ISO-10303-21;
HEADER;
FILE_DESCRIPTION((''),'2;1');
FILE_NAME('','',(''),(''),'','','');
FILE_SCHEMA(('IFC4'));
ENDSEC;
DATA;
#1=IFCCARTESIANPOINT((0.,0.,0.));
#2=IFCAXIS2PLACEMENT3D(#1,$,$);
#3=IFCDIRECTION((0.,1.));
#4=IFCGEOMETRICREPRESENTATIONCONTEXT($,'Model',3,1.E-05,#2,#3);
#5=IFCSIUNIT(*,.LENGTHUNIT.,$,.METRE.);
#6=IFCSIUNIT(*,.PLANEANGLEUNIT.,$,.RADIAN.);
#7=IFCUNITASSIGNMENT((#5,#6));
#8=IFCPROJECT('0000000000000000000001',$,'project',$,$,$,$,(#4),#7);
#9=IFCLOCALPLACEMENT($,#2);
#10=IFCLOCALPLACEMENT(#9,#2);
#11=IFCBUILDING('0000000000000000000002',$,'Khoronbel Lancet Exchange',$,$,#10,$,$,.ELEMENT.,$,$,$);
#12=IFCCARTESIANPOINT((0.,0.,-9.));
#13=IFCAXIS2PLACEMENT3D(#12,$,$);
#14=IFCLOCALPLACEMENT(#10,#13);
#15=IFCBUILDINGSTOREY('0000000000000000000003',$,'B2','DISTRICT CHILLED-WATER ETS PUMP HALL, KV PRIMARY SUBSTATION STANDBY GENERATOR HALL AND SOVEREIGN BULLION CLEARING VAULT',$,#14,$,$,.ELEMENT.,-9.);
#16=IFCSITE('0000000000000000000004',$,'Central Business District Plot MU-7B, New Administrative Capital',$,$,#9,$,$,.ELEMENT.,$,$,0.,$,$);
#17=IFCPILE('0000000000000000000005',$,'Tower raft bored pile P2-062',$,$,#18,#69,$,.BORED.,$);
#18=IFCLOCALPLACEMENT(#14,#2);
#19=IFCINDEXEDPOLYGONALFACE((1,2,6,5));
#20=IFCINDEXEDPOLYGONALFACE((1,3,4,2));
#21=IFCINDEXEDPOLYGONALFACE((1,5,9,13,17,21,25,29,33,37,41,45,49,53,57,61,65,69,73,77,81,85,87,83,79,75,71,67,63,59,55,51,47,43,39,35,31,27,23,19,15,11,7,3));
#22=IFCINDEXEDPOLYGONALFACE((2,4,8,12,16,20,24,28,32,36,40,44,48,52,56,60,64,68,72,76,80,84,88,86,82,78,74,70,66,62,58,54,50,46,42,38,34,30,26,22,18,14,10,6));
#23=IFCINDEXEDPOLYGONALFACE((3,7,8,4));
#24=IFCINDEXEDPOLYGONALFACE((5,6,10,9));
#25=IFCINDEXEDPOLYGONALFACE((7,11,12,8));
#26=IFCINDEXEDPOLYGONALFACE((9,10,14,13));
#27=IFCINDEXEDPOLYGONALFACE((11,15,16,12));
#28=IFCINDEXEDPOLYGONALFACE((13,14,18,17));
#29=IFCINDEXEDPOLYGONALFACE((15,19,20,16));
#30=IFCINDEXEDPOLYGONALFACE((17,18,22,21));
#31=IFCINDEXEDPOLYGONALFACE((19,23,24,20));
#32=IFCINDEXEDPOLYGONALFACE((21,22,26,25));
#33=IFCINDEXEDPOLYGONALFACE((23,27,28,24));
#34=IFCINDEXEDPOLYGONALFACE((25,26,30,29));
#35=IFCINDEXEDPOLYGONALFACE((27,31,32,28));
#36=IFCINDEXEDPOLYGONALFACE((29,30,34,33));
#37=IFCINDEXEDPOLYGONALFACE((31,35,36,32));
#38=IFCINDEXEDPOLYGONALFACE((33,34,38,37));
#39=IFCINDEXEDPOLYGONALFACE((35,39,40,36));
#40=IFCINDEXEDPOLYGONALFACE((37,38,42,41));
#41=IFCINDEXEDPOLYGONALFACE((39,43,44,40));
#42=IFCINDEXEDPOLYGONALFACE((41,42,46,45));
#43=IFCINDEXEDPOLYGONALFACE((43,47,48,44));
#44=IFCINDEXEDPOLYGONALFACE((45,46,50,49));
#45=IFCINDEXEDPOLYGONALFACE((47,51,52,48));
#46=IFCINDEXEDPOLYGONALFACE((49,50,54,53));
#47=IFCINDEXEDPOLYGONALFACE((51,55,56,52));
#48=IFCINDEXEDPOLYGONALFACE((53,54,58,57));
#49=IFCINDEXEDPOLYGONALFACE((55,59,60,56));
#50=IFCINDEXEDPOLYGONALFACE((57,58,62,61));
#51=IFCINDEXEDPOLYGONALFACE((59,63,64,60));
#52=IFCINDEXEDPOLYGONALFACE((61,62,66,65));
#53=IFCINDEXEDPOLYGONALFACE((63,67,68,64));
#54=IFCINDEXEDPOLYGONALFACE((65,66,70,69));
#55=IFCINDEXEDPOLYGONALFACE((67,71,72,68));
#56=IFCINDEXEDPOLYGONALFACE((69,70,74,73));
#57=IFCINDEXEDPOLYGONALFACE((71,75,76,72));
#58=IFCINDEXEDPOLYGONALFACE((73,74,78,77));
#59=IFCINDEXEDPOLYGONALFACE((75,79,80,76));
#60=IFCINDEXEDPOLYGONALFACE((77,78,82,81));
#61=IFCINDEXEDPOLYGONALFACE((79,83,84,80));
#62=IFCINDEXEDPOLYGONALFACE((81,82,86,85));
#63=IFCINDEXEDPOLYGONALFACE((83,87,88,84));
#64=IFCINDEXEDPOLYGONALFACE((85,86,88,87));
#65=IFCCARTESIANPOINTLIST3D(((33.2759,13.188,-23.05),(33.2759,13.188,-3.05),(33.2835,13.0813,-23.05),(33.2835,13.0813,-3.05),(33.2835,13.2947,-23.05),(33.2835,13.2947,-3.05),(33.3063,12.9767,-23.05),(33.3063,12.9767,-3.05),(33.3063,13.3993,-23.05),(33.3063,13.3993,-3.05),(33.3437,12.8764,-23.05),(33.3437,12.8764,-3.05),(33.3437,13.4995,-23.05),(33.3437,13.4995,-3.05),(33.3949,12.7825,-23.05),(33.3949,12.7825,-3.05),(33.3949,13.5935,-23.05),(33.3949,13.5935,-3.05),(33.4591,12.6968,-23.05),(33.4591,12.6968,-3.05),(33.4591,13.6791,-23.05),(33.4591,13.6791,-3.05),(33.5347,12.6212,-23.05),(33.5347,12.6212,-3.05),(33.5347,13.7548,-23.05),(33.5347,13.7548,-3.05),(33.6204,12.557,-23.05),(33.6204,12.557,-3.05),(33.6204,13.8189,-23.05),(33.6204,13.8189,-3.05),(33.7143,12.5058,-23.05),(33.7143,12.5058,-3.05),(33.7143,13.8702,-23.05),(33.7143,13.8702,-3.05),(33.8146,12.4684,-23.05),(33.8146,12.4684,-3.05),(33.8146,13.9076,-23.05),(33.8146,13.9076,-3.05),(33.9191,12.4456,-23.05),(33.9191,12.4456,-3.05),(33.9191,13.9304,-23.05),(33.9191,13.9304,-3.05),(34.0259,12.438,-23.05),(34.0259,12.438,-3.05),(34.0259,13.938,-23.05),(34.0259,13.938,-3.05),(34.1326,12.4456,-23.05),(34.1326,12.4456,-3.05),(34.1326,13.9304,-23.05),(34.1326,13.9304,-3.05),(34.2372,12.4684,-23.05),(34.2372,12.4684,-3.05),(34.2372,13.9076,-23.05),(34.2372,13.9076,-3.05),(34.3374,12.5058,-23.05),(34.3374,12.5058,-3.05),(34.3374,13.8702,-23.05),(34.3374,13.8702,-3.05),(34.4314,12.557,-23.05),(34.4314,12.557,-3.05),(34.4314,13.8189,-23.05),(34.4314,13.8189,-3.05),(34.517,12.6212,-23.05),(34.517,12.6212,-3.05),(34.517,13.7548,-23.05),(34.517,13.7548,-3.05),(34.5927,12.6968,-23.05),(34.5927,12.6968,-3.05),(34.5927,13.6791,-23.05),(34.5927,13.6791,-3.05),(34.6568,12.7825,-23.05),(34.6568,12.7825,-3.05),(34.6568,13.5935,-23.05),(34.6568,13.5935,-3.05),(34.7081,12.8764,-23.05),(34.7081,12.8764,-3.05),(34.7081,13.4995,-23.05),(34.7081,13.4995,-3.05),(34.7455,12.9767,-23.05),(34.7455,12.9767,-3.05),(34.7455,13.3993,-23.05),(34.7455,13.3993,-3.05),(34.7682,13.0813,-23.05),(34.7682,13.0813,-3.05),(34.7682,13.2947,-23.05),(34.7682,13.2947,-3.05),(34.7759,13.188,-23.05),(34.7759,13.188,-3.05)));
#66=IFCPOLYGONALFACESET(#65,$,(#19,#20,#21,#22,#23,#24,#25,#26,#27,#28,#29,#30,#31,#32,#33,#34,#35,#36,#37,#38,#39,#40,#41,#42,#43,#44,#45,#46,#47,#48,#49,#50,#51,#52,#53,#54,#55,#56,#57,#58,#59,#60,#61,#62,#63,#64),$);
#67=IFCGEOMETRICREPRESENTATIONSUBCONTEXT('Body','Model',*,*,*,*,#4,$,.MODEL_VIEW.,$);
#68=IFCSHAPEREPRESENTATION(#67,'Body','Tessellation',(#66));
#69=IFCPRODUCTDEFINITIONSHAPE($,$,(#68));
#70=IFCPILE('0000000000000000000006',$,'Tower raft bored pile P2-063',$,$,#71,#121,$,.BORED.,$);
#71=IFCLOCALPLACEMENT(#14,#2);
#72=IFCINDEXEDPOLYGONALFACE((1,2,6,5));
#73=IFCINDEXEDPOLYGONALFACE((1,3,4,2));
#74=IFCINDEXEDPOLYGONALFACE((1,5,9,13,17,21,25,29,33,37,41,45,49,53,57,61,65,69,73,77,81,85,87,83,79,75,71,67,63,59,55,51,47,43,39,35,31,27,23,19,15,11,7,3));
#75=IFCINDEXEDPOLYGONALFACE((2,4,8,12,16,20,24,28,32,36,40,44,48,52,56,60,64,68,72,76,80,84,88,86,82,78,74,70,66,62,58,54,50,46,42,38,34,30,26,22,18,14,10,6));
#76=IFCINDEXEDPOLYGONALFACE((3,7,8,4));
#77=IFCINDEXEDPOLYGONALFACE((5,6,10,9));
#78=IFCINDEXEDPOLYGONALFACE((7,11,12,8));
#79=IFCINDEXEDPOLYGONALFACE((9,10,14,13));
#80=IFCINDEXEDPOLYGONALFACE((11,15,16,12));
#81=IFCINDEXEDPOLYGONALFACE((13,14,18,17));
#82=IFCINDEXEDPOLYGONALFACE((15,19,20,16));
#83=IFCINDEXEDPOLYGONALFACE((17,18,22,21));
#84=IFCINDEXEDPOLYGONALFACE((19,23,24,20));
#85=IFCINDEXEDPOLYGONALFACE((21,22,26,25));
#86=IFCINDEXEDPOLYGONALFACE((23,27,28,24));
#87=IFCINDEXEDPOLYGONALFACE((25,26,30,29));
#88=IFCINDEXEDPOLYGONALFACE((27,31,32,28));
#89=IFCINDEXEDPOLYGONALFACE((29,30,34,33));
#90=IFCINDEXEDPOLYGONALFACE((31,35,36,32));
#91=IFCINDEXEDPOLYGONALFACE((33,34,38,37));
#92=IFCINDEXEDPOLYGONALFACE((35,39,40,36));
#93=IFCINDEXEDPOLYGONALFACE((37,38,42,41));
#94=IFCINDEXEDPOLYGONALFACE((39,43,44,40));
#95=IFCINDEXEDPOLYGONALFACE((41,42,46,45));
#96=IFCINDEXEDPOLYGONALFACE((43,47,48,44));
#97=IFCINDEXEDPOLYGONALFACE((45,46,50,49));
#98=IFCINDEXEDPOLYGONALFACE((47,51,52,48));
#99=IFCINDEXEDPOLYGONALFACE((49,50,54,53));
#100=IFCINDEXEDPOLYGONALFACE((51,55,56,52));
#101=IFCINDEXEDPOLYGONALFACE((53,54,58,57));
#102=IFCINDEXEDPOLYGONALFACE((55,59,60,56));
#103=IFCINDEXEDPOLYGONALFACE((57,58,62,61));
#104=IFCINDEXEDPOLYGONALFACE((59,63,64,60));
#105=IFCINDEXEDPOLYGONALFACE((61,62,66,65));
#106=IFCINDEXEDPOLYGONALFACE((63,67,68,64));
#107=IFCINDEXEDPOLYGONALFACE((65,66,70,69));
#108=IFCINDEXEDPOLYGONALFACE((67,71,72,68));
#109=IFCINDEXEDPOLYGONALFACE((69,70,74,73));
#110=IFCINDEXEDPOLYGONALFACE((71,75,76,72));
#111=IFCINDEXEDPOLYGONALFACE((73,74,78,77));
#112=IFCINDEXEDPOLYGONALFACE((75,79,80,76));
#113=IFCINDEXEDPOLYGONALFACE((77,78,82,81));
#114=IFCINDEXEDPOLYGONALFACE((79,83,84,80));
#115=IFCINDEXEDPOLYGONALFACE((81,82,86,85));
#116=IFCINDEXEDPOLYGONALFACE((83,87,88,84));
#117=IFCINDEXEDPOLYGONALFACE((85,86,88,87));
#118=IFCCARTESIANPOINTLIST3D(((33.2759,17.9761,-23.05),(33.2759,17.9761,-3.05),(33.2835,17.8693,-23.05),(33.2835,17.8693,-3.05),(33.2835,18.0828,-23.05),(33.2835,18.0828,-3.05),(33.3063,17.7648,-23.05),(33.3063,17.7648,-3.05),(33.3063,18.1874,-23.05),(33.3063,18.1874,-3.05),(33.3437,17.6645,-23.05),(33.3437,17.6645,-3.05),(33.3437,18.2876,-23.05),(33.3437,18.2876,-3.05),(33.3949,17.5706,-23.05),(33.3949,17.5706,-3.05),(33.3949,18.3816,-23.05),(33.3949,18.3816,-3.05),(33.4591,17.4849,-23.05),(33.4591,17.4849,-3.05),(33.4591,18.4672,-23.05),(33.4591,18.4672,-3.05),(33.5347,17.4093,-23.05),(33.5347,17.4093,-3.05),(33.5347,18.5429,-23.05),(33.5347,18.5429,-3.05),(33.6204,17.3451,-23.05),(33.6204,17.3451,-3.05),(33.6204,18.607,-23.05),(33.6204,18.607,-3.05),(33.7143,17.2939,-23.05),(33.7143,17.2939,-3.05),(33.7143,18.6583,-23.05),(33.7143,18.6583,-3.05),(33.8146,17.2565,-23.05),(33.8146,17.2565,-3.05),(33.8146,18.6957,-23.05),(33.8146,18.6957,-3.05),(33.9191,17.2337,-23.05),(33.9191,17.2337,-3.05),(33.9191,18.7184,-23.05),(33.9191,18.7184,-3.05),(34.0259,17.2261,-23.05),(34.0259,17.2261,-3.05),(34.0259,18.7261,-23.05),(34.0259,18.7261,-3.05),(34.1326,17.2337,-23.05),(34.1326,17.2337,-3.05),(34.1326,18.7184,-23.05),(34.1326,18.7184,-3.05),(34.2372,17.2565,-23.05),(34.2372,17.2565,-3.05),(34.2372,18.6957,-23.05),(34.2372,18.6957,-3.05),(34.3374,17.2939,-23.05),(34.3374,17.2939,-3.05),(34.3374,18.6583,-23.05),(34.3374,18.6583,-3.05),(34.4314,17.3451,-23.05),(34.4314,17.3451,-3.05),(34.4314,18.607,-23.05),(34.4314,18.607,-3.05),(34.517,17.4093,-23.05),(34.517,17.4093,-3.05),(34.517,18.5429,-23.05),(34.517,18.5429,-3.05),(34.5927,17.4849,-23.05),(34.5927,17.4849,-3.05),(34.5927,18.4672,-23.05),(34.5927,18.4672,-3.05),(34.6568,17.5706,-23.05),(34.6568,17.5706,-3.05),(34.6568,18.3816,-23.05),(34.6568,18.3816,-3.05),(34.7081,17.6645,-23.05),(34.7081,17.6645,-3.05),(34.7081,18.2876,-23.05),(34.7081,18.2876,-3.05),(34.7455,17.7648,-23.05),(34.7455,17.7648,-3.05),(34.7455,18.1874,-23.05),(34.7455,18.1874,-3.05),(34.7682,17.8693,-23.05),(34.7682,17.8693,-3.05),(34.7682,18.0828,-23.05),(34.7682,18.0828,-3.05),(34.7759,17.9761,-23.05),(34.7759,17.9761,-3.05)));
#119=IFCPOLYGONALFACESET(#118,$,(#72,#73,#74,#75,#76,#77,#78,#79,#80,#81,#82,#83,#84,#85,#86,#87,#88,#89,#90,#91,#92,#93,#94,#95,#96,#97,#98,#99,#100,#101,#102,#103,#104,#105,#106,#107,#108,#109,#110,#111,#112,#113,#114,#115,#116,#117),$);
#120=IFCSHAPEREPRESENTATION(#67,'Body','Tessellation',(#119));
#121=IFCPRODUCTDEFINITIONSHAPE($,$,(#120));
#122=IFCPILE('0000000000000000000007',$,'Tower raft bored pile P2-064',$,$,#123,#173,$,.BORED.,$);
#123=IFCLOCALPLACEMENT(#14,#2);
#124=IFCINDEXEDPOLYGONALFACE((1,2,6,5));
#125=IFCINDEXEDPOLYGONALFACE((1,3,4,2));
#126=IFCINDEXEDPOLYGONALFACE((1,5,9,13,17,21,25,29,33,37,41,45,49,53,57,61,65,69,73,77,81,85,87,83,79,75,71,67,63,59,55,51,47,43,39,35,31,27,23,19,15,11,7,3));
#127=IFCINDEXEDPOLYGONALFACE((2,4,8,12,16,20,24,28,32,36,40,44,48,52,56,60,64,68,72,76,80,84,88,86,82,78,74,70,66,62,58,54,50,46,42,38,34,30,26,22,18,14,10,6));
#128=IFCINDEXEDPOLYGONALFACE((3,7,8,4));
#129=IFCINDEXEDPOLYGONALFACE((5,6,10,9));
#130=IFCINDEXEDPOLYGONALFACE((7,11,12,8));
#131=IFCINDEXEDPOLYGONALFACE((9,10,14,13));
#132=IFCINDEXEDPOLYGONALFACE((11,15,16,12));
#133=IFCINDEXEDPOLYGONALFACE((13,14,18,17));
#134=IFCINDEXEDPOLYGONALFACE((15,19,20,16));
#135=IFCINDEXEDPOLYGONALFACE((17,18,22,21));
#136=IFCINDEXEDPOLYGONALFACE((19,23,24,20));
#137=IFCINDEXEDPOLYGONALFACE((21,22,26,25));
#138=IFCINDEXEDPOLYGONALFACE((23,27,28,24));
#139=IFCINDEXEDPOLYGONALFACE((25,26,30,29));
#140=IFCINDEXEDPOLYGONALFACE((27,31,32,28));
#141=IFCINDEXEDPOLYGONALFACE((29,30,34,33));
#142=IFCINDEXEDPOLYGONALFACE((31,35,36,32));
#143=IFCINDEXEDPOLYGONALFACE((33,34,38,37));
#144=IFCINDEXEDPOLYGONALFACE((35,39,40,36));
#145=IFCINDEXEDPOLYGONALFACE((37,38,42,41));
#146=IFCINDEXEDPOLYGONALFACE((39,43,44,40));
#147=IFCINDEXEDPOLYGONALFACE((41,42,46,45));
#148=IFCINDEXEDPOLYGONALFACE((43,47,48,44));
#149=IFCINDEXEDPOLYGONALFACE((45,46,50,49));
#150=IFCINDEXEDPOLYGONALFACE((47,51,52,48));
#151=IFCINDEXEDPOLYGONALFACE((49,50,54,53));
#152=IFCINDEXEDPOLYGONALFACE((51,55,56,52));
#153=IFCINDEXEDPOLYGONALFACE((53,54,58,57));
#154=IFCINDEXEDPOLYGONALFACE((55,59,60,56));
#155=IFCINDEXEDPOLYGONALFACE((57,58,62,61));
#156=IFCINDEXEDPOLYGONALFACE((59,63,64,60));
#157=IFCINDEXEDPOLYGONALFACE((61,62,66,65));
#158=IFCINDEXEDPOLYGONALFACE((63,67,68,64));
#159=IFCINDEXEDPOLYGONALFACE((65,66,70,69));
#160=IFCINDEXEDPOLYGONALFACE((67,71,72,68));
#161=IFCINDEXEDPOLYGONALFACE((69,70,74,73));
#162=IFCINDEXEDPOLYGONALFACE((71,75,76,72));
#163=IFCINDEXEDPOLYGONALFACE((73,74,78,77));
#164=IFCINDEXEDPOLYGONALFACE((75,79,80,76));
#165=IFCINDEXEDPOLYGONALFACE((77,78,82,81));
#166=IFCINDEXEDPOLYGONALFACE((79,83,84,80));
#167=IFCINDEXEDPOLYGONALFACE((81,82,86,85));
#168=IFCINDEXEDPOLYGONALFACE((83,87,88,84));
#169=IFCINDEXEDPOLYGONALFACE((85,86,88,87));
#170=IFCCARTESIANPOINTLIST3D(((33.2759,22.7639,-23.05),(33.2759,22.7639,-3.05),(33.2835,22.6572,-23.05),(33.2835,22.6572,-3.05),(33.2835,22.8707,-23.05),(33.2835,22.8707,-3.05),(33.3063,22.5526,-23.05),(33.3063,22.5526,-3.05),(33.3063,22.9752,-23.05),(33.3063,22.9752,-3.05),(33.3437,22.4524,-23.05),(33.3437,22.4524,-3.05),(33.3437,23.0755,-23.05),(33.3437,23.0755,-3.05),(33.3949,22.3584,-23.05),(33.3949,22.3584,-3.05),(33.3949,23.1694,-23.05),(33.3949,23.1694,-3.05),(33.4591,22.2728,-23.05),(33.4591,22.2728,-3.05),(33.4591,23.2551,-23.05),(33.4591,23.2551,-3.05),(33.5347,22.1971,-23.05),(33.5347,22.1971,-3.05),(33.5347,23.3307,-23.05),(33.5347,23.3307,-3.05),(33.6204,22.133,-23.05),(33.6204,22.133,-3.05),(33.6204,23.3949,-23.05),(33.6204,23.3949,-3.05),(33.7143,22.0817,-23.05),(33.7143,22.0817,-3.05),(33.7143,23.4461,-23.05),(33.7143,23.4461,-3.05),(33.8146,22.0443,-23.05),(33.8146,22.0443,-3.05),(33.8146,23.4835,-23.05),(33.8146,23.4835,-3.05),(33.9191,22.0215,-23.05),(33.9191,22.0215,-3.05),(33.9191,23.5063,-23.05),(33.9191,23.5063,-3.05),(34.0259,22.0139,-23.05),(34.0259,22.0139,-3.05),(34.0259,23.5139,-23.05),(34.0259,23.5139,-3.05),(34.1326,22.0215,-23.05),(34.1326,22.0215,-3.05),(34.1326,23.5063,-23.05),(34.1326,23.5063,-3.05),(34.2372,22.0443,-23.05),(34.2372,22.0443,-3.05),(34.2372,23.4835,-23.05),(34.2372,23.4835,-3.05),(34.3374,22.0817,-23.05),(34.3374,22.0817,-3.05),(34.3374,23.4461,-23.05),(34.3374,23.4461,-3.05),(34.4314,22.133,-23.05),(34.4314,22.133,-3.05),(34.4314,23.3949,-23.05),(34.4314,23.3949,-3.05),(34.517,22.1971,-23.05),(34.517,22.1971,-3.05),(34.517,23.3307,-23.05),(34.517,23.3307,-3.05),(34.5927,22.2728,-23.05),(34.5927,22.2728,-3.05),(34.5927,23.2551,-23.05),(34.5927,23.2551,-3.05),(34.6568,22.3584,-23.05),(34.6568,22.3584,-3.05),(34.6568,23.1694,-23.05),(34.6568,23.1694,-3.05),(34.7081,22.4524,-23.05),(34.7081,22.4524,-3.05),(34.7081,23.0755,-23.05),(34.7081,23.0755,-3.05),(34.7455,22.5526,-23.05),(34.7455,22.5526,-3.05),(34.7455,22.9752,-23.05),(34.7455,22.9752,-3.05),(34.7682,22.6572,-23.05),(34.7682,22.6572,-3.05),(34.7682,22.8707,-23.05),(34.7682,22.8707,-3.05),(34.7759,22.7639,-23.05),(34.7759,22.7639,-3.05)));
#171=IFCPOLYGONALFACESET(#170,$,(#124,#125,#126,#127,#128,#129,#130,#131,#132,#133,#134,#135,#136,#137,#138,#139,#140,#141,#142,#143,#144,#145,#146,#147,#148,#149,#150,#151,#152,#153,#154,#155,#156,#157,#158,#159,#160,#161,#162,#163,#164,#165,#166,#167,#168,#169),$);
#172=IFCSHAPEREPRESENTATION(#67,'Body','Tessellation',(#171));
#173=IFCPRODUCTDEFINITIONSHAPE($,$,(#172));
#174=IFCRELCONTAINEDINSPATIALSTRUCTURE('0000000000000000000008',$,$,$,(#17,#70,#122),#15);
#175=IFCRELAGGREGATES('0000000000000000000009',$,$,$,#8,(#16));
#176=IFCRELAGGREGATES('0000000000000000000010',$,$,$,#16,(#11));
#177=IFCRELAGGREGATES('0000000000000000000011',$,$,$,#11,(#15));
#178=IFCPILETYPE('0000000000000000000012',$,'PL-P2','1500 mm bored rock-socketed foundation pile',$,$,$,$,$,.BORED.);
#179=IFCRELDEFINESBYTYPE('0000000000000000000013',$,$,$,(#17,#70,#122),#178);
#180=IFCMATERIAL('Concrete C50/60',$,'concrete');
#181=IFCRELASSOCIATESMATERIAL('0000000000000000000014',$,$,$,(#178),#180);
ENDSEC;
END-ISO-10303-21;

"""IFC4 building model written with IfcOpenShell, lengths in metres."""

from ifc_helpers import new_model, si_unit, direction, frame, origin, origin_2d, place, context, subcontext, project, spatial, circle, extrude, material, material_profile, profile_set, type_object, element, save


model = new_model("IFC4")

# Units and contexts
model_context = context("Model", 3, precision=1e-05, world=origin(), true_north=direction((0.0, 1.0)))
body_context = subcontext(model_context, "Body", "Model", "MODEL_VIEW")
ifc_project = project(units=[si_unit("LENGTHUNIT", "METRE"), si_unit("PLANEANGLEUNIT", "RADIAN")], contexts=[model_context])

# Site, building, storey
site_placement = place(None, origin())
site = spatial("IfcSite", under=ifc_project, at=site_placement, Name="Central Business District Plot MU-7B, New Administrative Capital", CompositionType="ELEMENT", RefElevation=0.0)
building_placement = place(site_placement, origin())
building = spatial("IfcBuilding", under=site, at=building_placement, Name="Khoronbel Lancet Exchange", CompositionType="ELEMENT")
storey_placement = place(building_placement, frame((0.0, 0.0, -9.0)))
storey = spatial("IfcBuildingStorey", under=building, at=storey_placement, Name="B2", Description="DISTRICT CHILLED-WATER ETS PUMP HALL, KV PRIMARY SUBSTATION STANDBY GENERATOR HALL AND SOVEREIGN BULLION CLEARING VAULT", CompositionType="ELEMENT", Elevation=-9.0)

# Piles
ifc_material_1 = material(Name="Concrete C50/60", Category="concrete")
ifc_material_profile_1 = material_profile(ifc_material_1, circle(Radius=0.75, at=origin_2d()), Name="BORED PILE D1500")
ifc_profile_set_1 = profile_set([ifc_material_profile_1], Name="Concrete C50/60")
pile_type = type_object("IfcPileType", Name="PL-P2", Description="1500 mm bored rock-socketed foundation pile", PredefinedType="BORED", material=ifc_profile_set_1)
for number, where, z_axis, x_axis, name in (
    (1, (34.0259, 13.188, -3.05), (0.0, 0.0, -1.0), (1.0, 0.0, 0.0), "Tower raft bored pile P2-062"),
    (2, (34.0259, 17.9761, -3.05), (0.0, 0.0, -1.0), (1.0, 0.0, 0.0), "Tower raft bored pile P2-063"),
    (3, (34.0259, 22.7639, -3.05), (0.0, 0.0, -1.0), (1.0, 0.0, 0.0), "Tower raft bored pile P2-064"),
):
    element("IfcPile", number, at=place(storey_placement, frame(where, z_axis=z_axis, x_axis=x_axis)), inside=storey, type_object=pile_type, Name=name, PredefinedType="BORED", context=body_context, shape_type="SweptSolid", body=[
        extrude(circle(Radius=0.75, at=origin_2d()), origin(), (0.0, 0.0, 1.0), 20.0),
    ])

save(model, "model.ifc")
